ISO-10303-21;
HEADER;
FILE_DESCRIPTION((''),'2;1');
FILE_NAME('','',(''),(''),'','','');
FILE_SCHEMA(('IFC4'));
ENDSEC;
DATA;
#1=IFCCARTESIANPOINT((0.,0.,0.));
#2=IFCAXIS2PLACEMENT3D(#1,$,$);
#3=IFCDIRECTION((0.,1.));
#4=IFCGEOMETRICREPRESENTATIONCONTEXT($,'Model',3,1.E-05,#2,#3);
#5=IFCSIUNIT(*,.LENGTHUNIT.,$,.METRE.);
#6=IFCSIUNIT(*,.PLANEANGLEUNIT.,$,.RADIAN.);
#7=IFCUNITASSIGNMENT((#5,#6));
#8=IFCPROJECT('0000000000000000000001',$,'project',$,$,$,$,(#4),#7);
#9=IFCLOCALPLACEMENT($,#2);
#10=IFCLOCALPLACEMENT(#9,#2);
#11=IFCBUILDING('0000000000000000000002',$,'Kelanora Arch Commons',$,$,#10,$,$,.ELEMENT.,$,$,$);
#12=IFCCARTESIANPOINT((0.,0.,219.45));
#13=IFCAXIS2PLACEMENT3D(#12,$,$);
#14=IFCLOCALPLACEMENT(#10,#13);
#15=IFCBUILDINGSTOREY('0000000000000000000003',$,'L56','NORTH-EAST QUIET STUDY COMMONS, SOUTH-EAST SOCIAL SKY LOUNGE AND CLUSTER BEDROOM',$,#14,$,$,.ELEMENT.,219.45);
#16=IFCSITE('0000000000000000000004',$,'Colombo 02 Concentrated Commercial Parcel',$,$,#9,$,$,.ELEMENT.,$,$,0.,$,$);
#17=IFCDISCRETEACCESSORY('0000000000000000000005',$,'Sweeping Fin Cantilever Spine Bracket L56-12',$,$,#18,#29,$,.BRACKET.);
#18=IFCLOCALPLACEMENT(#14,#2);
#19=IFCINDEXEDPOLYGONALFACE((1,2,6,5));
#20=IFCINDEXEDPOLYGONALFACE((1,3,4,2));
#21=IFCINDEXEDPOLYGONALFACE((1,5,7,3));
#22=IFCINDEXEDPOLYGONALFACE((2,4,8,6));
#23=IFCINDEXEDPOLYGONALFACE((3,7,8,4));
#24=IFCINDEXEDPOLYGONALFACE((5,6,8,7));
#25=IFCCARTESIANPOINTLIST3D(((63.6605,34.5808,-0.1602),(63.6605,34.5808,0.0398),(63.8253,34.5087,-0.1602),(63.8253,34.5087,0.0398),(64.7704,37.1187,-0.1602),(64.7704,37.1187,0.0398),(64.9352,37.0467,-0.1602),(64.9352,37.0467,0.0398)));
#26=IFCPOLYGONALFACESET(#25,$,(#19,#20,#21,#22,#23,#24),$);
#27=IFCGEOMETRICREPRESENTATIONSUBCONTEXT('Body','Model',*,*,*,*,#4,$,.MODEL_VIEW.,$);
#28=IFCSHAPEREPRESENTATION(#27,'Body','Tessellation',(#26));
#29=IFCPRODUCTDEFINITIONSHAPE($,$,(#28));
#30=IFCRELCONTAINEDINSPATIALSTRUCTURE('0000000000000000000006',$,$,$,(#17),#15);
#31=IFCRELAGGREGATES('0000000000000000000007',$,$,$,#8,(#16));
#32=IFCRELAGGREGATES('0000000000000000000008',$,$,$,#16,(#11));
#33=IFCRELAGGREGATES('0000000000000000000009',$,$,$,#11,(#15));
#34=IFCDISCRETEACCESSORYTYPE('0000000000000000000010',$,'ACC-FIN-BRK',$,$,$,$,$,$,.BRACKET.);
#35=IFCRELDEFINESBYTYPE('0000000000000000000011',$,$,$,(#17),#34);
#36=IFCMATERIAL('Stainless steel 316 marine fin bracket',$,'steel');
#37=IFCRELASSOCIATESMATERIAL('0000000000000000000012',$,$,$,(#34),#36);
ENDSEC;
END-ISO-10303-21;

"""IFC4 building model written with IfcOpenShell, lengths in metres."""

from ifc_helpers import new_model, si_unit, direction, frame, origin, origin_2d, place, context, subcontext, project, spatial, rectangle, extrude, source, transform, mapped, material, type_object, element, save


model = new_model("IFC4")

# Units and contexts
model_context = context("Model", 3, precision=1e-05, world=origin(), true_north=direction((0.0, 1.0)))
body_context = subcontext(model_context, "Body", "Model", "MODEL_VIEW")
ifc_project = project(units=[si_unit("LENGTHUNIT", "METRE"), si_unit("PLANEANGLEUNIT", "RADIAN")], contexts=[model_context])

# Site, building, storey
site_placement = place(None, origin())
site = spatial("IfcSite", under=ifc_project, at=site_placement, Name="Colombo 02 Concentrated Commercial Parcel", CompositionType="ELEMENT", RefElevation=0.0)
building_placement = place(site_placement, origin())
building = spatial("IfcBuilding", under=site, at=building_placement, Name="Kelanora Arch Commons", CompositionType="ELEMENT")
storey_placement = place(building_placement, frame((0.0, 0.0, 219.45)))
storey = spatial("IfcBuildingStorey", under=building, at=storey_placement, Name="L56", Description="NORTH-EAST QUIET STUDY COMMONS, SOUTH-EAST SOCIAL SKY LOUNGE AND CLUSTER BEDROOM", CompositionType="ELEMENT", Elevation=219.45)

# Discrete accessory
ifc_material_1 = material(Name="Stainless steel 316 marine fin bracket", Category="steel")
discrete_accessory_type = type_object("IfcDiscreteAccessoryType", Name="ACC-FIN-BRK", PredefinedType="BRACKET", material=ifc_material_1)
shared_shape_1 = source(origin(), body_context, "Body", "SweptSolid", [
    extrude(rectangle(XDim=2.77, YDim=0.1799, at=origin_2d()), origin(), (0.0, 0.0, 1.0), 0.2),
])
discrete_accessory_placement = place(storey_placement, frame((64.2979, 35.8137, -0.1602), z_axis=(0.0, 0.0, 1.0), x_axis=(-0.400669, -0.916223, 0.0)))
element("IfcDiscreteAccessory", 1, at=discrete_accessory_placement, inside=storey, type_object=discrete_accessory_type, Name="Sweeping Fin Cantilever Spine Bracket L56-12", PredefinedType="BRACKET", context=body_context, shape_type="MappedRepresentation", body=[
    mapped(shared_shape_1, transform((0.0, 0.0, 0.0), scale=1.0)),
])

save(model, "model.ifc")
